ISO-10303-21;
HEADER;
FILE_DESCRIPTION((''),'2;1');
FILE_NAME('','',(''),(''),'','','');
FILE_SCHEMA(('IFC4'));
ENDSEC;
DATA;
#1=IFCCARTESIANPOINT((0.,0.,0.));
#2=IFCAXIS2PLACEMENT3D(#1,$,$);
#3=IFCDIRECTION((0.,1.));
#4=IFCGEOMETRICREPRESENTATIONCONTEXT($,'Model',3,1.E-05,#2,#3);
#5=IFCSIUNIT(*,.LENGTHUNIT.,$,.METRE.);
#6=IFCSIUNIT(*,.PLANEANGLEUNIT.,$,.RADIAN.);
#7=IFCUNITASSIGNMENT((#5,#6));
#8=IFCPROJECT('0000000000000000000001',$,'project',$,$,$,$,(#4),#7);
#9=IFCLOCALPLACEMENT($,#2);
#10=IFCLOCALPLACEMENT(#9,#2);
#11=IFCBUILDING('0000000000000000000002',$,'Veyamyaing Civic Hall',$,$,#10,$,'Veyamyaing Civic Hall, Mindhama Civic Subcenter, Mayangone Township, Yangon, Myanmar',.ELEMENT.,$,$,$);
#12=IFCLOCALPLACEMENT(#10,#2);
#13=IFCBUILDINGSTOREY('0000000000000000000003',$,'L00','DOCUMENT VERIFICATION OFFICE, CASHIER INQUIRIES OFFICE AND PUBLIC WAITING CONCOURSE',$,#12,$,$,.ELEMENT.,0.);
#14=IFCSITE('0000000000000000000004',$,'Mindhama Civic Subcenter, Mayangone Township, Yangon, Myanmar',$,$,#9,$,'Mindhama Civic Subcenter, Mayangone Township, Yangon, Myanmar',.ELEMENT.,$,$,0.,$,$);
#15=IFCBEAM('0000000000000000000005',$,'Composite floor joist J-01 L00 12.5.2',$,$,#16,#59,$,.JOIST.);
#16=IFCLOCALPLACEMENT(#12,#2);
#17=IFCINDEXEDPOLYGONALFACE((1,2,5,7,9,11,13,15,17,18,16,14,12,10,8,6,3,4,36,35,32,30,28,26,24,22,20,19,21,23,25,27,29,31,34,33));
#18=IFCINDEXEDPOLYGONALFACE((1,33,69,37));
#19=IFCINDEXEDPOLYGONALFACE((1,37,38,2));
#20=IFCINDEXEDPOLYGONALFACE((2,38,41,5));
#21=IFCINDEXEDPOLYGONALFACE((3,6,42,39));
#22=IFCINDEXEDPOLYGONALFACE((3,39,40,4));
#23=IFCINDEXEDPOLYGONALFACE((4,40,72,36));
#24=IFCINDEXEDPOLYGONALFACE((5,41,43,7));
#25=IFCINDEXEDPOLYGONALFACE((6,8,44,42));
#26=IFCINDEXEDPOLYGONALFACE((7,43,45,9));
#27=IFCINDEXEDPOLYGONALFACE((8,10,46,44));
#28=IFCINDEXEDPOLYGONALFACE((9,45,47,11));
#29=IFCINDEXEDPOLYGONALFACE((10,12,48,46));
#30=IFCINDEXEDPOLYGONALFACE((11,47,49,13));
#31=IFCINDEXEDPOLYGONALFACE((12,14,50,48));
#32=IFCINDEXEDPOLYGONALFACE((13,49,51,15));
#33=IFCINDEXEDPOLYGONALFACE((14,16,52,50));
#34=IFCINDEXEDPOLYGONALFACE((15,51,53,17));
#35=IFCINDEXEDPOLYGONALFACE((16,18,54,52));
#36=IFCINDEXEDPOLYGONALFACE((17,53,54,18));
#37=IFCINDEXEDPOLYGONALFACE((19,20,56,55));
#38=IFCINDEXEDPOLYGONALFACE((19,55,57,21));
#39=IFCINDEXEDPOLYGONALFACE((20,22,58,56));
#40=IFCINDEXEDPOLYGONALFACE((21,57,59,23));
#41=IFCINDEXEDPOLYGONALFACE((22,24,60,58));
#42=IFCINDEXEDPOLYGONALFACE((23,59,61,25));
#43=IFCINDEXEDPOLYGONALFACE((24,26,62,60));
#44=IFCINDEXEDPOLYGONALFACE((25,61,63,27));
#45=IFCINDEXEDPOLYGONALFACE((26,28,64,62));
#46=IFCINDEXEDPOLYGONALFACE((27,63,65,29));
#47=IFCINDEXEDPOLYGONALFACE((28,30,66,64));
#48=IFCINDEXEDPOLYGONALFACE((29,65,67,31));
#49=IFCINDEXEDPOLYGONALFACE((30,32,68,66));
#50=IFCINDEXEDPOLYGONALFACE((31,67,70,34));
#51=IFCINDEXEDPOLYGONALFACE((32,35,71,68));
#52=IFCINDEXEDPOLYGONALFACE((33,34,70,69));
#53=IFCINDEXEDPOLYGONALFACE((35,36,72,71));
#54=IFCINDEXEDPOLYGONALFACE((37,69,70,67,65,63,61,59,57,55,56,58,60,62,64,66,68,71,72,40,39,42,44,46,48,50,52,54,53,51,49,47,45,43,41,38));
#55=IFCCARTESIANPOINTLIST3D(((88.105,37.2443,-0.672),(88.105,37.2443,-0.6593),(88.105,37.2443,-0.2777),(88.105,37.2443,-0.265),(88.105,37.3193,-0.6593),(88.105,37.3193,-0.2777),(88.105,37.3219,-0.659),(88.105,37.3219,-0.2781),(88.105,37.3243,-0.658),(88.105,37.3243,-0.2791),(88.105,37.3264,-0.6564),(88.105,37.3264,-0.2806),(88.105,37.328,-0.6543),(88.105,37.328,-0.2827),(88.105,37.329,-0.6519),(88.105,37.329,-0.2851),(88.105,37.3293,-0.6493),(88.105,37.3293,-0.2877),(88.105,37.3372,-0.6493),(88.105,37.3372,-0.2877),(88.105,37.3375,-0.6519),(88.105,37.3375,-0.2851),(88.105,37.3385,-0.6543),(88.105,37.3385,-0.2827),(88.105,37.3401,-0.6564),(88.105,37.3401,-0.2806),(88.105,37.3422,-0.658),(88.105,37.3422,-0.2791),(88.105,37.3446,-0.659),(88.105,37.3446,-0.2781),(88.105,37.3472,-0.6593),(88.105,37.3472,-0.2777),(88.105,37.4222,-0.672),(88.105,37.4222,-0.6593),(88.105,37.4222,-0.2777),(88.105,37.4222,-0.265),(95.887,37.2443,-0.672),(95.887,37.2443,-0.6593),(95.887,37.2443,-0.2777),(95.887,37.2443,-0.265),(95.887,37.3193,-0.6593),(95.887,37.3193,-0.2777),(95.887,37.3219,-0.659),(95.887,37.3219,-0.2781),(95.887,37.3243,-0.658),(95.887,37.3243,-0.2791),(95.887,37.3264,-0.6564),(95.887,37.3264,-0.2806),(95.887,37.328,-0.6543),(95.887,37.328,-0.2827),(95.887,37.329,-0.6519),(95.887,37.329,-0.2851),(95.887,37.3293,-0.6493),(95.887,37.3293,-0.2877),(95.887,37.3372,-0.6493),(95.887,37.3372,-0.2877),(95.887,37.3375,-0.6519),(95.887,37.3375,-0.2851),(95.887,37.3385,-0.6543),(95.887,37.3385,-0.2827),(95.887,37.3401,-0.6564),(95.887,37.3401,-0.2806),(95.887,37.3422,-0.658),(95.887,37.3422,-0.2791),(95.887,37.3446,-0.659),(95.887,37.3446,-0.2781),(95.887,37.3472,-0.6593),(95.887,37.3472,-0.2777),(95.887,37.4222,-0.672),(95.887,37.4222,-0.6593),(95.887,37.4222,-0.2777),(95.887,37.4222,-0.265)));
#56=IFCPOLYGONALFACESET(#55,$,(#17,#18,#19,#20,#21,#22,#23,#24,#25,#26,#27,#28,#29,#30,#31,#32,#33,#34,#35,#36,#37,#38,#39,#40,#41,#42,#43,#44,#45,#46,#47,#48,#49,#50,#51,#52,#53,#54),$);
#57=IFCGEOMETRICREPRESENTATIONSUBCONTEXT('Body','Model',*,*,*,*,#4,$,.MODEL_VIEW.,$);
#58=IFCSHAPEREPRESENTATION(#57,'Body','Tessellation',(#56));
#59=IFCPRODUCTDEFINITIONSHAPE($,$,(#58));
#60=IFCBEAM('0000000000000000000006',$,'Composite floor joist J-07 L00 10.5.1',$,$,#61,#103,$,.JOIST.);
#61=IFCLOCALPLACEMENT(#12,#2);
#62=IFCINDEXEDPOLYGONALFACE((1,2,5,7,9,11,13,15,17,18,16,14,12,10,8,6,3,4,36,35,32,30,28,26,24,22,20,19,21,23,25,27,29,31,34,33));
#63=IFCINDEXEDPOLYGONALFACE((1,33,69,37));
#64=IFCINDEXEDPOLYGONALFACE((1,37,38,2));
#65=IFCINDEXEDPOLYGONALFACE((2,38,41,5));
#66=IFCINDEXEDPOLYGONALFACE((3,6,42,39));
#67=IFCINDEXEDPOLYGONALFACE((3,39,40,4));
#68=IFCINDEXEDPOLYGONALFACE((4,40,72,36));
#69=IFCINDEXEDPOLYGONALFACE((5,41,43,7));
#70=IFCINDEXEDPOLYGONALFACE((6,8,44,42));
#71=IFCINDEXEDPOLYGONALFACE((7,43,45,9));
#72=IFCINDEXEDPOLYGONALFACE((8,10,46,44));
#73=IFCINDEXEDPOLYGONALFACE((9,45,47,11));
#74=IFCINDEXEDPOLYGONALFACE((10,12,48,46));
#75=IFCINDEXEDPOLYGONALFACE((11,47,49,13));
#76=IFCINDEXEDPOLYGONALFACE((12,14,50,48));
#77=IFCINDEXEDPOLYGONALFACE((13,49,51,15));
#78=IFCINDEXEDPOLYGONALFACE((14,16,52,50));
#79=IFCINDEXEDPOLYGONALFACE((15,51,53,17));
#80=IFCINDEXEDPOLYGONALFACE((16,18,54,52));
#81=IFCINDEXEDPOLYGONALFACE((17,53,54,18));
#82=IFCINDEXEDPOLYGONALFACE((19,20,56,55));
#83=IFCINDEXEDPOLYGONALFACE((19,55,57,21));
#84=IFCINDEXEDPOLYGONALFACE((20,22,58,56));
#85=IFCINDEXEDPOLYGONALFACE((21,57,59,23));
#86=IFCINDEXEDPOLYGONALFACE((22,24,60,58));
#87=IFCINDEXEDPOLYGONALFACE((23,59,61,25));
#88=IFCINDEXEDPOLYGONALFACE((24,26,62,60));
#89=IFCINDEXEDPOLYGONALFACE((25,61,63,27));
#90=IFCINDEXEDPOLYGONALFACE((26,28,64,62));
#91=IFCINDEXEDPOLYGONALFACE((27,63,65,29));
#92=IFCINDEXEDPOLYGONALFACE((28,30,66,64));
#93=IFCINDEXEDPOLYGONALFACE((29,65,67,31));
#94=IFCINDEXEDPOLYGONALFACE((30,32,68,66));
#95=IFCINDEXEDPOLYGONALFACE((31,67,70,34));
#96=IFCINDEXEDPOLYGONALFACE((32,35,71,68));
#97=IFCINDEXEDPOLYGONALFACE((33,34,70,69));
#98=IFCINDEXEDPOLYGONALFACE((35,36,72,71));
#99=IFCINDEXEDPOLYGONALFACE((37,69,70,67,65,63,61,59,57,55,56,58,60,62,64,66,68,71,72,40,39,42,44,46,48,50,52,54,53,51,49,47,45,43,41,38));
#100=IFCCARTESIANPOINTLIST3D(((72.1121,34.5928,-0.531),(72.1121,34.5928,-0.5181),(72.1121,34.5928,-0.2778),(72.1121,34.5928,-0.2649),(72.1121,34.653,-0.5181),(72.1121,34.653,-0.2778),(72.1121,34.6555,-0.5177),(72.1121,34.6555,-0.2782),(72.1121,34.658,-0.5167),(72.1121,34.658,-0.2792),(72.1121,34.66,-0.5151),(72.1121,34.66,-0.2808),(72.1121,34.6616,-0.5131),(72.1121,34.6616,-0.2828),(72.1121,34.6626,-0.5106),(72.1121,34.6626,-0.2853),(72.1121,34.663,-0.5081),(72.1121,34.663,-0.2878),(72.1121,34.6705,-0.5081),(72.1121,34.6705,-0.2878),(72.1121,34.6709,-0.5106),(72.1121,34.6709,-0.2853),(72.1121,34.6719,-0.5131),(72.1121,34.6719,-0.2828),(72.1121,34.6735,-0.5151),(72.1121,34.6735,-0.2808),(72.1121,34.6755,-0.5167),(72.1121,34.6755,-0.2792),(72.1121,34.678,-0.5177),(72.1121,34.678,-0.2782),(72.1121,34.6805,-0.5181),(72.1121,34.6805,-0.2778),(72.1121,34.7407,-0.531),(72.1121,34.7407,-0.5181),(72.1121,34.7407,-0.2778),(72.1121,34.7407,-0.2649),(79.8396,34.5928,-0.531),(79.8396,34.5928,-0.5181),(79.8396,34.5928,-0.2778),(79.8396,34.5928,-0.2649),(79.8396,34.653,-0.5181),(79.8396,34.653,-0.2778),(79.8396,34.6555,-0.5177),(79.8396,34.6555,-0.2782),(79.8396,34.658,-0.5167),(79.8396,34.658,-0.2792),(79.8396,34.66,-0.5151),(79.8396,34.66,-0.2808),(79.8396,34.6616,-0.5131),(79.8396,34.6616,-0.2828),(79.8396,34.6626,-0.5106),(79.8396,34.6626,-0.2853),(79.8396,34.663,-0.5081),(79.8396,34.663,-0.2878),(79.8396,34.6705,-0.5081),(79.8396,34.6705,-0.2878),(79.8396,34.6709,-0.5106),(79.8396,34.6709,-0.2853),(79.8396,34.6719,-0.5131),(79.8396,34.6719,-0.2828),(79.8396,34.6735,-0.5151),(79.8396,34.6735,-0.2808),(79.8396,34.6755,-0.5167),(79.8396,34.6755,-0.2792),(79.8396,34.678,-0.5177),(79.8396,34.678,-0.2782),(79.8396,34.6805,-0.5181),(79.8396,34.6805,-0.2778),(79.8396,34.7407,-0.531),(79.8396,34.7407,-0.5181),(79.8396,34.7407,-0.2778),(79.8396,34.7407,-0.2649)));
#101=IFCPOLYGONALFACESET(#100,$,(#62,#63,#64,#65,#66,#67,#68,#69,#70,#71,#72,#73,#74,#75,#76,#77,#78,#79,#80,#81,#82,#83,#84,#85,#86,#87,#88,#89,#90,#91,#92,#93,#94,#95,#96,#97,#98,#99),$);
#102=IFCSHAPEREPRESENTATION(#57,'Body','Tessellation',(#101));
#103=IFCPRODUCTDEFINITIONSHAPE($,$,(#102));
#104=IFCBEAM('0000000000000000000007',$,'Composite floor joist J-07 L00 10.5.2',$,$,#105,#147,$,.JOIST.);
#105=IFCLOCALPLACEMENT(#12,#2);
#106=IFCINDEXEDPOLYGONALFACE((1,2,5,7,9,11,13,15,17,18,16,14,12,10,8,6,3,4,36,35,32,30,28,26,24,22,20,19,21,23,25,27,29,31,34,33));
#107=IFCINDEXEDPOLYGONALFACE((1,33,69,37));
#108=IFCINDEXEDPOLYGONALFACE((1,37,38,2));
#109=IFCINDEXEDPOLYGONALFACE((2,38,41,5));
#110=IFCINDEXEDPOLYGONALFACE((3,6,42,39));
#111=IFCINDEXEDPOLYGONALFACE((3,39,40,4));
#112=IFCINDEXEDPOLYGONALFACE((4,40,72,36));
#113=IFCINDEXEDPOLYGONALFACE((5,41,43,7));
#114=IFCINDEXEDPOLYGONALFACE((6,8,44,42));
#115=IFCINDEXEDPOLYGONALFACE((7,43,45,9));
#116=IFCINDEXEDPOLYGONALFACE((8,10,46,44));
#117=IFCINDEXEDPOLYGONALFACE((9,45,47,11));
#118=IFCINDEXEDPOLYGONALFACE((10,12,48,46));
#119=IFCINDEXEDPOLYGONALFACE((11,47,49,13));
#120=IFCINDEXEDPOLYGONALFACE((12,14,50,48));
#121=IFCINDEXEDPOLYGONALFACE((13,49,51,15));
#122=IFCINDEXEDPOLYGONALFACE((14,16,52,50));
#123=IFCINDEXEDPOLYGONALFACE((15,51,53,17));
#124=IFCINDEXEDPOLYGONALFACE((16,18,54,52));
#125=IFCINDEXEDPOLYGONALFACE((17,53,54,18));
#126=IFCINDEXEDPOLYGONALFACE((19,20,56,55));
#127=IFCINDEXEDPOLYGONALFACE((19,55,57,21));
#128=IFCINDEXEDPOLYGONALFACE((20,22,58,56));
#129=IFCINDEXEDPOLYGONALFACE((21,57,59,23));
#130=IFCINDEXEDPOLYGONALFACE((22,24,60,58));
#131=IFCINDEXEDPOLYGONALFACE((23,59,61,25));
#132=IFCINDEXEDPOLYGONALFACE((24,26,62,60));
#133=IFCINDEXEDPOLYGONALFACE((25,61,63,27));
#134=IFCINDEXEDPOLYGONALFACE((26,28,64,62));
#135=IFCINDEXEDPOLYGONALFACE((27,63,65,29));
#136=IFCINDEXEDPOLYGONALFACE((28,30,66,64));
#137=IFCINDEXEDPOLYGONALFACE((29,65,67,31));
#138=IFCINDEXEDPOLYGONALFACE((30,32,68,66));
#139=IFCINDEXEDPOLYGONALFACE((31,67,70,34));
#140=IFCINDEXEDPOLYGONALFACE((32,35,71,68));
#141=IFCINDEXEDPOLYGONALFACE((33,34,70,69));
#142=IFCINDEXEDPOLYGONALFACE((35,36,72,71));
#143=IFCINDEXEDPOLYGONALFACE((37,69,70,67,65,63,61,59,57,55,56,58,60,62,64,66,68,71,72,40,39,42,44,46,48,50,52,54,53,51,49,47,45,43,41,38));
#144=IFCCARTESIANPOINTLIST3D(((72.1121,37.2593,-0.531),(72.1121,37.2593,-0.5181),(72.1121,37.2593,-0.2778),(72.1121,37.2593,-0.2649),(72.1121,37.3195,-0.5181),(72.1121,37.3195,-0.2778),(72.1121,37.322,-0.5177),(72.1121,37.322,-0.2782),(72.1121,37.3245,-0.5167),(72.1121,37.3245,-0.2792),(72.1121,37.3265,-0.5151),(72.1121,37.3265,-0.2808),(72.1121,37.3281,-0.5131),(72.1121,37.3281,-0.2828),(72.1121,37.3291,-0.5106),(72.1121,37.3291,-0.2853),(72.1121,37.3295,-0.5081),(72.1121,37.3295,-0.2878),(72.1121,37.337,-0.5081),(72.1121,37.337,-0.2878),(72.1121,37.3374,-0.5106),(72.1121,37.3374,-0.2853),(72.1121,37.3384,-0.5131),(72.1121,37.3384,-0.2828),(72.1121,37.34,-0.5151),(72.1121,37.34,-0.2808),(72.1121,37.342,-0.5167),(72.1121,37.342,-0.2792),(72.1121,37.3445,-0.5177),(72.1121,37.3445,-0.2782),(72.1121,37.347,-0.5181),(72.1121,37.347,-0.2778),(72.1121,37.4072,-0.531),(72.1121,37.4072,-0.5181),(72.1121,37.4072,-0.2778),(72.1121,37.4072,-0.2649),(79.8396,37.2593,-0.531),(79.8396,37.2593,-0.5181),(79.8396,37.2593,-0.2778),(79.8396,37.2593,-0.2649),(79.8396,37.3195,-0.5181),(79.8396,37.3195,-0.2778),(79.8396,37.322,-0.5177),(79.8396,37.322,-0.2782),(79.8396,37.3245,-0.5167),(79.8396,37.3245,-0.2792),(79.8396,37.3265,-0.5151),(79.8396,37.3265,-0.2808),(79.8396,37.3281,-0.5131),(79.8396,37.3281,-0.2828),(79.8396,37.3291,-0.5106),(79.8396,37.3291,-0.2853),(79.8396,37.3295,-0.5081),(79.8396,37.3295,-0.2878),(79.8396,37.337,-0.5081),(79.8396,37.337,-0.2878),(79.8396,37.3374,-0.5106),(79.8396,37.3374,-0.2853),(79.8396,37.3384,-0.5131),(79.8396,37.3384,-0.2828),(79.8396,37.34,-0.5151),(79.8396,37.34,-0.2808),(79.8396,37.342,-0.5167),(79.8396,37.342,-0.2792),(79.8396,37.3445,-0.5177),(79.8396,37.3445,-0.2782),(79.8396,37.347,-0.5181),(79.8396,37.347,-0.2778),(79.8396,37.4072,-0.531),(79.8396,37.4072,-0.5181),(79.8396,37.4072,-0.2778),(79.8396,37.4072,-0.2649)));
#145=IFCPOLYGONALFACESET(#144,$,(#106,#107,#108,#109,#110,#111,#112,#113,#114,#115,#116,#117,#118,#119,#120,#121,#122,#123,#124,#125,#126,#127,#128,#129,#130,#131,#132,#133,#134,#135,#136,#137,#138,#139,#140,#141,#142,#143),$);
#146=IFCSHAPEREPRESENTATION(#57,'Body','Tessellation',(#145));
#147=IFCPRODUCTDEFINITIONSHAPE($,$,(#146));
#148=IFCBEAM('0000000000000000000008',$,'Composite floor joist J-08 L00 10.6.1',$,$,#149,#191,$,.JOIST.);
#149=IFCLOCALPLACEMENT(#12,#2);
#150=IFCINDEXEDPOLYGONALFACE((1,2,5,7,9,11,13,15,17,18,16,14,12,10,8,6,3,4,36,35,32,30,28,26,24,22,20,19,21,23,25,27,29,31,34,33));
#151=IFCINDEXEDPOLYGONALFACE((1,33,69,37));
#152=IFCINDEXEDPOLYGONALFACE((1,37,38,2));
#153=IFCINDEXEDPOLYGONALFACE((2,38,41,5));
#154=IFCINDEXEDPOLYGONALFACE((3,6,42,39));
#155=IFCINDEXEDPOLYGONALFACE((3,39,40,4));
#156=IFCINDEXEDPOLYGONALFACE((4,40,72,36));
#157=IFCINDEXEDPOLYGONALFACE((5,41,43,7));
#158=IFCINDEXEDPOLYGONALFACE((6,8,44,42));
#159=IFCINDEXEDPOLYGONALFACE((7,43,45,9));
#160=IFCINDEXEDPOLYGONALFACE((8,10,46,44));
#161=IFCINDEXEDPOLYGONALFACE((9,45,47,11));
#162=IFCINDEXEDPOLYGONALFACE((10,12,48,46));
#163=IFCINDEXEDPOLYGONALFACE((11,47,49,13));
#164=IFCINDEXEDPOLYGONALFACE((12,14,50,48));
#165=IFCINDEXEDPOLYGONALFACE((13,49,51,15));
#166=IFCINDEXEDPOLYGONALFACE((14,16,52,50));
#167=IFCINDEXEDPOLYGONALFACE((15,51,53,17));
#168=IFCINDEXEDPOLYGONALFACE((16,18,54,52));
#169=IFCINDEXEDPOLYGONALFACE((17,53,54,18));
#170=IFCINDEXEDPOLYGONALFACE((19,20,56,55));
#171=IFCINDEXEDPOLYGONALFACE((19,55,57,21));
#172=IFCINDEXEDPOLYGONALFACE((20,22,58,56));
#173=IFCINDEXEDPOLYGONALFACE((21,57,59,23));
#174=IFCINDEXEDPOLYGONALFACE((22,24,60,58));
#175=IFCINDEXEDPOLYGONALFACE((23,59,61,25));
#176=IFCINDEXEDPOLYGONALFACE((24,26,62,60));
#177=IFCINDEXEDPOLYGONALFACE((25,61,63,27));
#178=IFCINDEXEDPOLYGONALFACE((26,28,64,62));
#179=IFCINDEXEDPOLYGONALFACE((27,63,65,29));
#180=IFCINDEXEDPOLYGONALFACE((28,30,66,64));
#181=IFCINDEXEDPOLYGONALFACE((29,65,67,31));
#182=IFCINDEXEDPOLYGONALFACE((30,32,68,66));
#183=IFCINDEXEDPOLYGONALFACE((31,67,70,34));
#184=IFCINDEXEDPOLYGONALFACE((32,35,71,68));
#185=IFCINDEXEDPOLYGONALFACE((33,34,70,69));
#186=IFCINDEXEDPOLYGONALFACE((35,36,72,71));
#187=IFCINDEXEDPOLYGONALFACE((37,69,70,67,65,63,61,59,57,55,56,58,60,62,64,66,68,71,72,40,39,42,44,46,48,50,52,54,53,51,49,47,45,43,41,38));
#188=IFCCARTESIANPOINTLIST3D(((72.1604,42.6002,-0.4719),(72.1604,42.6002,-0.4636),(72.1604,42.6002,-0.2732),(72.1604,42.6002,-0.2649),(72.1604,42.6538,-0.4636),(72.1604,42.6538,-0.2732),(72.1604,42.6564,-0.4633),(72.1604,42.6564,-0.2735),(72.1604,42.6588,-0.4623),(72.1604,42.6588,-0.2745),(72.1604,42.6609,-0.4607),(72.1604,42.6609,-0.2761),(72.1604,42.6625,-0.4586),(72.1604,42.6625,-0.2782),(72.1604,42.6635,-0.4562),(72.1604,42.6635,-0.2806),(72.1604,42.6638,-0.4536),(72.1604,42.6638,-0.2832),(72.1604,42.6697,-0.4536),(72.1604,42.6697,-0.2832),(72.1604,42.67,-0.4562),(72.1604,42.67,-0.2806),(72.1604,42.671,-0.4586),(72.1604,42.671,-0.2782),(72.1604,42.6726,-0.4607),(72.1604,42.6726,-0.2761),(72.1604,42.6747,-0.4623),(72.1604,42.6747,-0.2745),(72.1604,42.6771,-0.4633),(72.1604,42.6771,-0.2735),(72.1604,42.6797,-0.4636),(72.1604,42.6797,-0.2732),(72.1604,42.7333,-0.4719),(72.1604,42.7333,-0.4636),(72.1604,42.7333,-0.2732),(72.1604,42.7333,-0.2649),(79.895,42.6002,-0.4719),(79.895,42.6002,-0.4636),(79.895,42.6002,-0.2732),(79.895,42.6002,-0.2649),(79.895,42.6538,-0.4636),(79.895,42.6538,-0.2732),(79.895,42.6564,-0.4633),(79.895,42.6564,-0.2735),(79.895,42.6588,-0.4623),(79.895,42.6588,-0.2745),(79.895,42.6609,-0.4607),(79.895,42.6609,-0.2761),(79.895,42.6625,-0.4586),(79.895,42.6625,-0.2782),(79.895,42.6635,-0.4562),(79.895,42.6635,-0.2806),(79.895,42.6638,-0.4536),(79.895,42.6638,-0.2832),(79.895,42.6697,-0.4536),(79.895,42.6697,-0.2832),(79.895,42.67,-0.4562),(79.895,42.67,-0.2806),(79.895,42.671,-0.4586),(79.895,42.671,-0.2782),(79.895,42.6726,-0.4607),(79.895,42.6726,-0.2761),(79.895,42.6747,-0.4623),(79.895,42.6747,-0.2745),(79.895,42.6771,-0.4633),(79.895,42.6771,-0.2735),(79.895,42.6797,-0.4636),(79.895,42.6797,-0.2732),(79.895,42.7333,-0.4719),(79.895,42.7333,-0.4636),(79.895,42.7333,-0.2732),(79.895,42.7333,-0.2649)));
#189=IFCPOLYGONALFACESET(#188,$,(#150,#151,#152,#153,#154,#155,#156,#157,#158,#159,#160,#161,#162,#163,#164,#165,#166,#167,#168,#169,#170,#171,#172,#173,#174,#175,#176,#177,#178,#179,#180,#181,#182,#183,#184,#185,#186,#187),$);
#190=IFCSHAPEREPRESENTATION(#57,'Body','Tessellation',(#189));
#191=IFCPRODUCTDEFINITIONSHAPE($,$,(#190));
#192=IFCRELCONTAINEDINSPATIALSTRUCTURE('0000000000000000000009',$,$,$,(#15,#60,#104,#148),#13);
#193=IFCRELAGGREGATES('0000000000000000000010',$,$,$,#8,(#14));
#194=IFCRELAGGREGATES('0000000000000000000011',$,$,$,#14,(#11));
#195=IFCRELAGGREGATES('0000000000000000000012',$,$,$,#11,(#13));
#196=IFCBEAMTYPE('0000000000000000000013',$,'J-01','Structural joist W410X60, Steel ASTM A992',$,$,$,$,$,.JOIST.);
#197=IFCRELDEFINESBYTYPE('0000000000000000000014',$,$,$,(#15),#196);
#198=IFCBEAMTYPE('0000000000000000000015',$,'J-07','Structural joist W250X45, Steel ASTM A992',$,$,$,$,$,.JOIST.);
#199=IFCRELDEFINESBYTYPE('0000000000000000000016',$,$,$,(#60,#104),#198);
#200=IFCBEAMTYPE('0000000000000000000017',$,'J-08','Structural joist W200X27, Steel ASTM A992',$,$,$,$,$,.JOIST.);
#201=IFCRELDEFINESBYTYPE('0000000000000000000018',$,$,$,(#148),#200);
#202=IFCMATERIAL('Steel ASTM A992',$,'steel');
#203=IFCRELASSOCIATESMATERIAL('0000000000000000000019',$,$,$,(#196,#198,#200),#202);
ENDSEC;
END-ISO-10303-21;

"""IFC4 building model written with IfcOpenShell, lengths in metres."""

from ifc_helpers import new_model, si_unit, direction, frame, origin, origin_2d, place, context, subcontext, project, spatial, i_section, extrude, material, material_profile, profile_set, type_object, element, save


model = new_model("IFC4")

# Units and contexts
model_context = context("Model", 3, precision=1e-05, world=origin(), true_north=direction((0.0, 1.0)))
body_context = subcontext(model_context, "Body", "Model", "MODEL_VIEW")
ifc_project = project(units=[si_unit("LENGTHUNIT", "METRE"), si_unit("PLANEANGLEUNIT", "RADIAN")], contexts=[model_context])

# Site, building, storey
site_placement = place(None, origin())
site = spatial("IfcSite", under=ifc_project, at=site_placement, Name="Mindhama Civic Subcenter, Mayangone Township, Yangon, Myanmar", LongName="Mindhama Civic Subcenter, Mayangone Township, Yangon, Myanmar", CompositionType="ELEMENT", RefElevation=0.0)
building_placement = place(site_placement, origin())
building = spatial("IfcBuilding", under=site, at=building_placement, Name="Veyamyaing Civic Hall", LongName="Veyamyaing Civic Hall, Mindhama Civic Subcenter, Mayangone Township, Yangon, Myanmar", CompositionType="ELEMENT")
storey_placement = place(building_placement, origin())
storey = spatial("IfcBuildingStorey", under=building, at=storey_placement, Name="L00", Description="DOCUMENT VERIFICATION OFFICE, CASHIER INQUIRIES OFFICE AND PUBLIC WAITING CONCOURSE", CompositionType="ELEMENT", Elevation=0.0)

# Beams
ifc_material_1 = material(Name="Steel ASTM A992", Category="steel")
ifc_material_profile_1 = material_profile(ifc_material_1, i_section(OverallWidth=0.178, OverallDepth=0.407, WebThickness=0.0078, FlangeThickness=0.0127, FilletRadius=0.01, at=origin_2d()), Name="W410X60")
ifc_profile_set_1 = profile_set([ifc_material_profile_1], Name="Steel ASTM A992")
beam_type_1 = type_object("IfcBeamType", Name="J-01", Description="Structural joist W410X60, Steel ASTM A992", PredefinedType="JOIST", material=ifc_profile_set_1)
for number, where, z_axis, x_axis, name in (
    (1, (88.105, 37.3333, -0.4685), (1.0, 0.0, 0.0), (0.0, 1.0, 0.0), "Composite floor joist J-01 L00 12.5.2"),
):
    element("IfcBeam", number, at=place(storey_placement, frame(where, z_axis=z_axis, x_axis=x_axis)), inside=storey, type_object=beam_type_1, Name=name, PredefinedType="JOIST", context=body_context, shape_type="SweptSolid", body=[
        extrude(i_section(OverallWidth=0.178, OverallDepth=0.407, WebThickness=0.0078, FlangeThickness=0.0127, FilletRadius=0.01, at=origin_2d()), origin(), (0.0, 0.0, 1.0), 7.782),
    ])
ifc_material_profile_2 = material_profile(ifc_material_1, i_section(OverallWidth=0.1479, OverallDepth=0.2661, WebThickness=0.0076, FlangeThickness=0.0129, FilletRadius=0.01, at=origin_2d()), Name="W250X45")
ifc_profile_set_2 = profile_set([ifc_material_profile_2], Name="Steel ASTM A992")
beam_type_2 = type_object("IfcBeamType", Name="J-07", Description="Structural joist W250X45, Steel ASTM A992", PredefinedType="JOIST", material=ifc_profile_set_2)
for number, where, z_axis, x_axis, name in (
    (2, (72.1121, 34.6667, -0.3979), (1.0, 0.0, 0.0), (0.0, 1.0, 0.0), "Composite floor joist J-07 L00 10.5.1"),
    (3, (72.1121, 37.3333, -0.3979), (1.0, 0.0, 0.0), (0.0, 1.0, 0.0), "Composite floor joist J-07 L00 10.5.2"),
):
    element("IfcBeam", number, at=place(storey_placement, frame(where, z_axis=z_axis, x_axis=x_axis)), inside=storey, type_object=beam_type_2, Name=name, PredefinedType="JOIST", context=body_context, shape_type="SweptSolid", body=[
        extrude(i_section(OverallWidth=0.1479, OverallDepth=0.2661, WebThickness=0.0076, FlangeThickness=0.0129, FilletRadius=0.01, at=origin_2d()), origin(), (0.0, 0.0, 1.0), 7.7275),
    ])
ifc_material_profile_3 = material_profile(ifc_material_1, i_section(OverallWidth=0.1331, OverallDepth=0.207, WebThickness=0.0059, FlangeThickness=0.0083, FilletRadius=0.01, at=origin_2d()), Name="W200X27")
ifc_profile_set_3 = profile_set([ifc_material_profile_3], Name="Steel ASTM A992")
beam_type_3 = type_object("IfcBeamType", Name="J-08", Description="Structural joist W200X27, Steel ASTM A992", PredefinedType="JOIST", material=ifc_profile_set_3)
for number, where, z_axis, x_axis, name in (
    (4, (72.1604, 42.6667, -0.3684), (1.0, 0.0, 0.0), (0.0, 1.0, 0.0), "Composite floor joist J-08 L00 10.6.1"),
):
    element("IfcBeam", number, at=place(storey_placement, frame(where, z_axis=z_axis, x_axis=x_axis)), inside=storey, type_object=beam_type_3, Name=name, PredefinedType="JOIST", context=body_context, shape_type="SweptSolid", body=[
        extrude(i_section(OverallWidth=0.1331, OverallDepth=0.207, WebThickness=0.0059, FlangeThickness=0.0083, FilletRadius=0.01, at=origin_2d()), origin(), (0.0, 0.0, 1.0), 7.7346),
    ])

save(model, "model.ifc")
